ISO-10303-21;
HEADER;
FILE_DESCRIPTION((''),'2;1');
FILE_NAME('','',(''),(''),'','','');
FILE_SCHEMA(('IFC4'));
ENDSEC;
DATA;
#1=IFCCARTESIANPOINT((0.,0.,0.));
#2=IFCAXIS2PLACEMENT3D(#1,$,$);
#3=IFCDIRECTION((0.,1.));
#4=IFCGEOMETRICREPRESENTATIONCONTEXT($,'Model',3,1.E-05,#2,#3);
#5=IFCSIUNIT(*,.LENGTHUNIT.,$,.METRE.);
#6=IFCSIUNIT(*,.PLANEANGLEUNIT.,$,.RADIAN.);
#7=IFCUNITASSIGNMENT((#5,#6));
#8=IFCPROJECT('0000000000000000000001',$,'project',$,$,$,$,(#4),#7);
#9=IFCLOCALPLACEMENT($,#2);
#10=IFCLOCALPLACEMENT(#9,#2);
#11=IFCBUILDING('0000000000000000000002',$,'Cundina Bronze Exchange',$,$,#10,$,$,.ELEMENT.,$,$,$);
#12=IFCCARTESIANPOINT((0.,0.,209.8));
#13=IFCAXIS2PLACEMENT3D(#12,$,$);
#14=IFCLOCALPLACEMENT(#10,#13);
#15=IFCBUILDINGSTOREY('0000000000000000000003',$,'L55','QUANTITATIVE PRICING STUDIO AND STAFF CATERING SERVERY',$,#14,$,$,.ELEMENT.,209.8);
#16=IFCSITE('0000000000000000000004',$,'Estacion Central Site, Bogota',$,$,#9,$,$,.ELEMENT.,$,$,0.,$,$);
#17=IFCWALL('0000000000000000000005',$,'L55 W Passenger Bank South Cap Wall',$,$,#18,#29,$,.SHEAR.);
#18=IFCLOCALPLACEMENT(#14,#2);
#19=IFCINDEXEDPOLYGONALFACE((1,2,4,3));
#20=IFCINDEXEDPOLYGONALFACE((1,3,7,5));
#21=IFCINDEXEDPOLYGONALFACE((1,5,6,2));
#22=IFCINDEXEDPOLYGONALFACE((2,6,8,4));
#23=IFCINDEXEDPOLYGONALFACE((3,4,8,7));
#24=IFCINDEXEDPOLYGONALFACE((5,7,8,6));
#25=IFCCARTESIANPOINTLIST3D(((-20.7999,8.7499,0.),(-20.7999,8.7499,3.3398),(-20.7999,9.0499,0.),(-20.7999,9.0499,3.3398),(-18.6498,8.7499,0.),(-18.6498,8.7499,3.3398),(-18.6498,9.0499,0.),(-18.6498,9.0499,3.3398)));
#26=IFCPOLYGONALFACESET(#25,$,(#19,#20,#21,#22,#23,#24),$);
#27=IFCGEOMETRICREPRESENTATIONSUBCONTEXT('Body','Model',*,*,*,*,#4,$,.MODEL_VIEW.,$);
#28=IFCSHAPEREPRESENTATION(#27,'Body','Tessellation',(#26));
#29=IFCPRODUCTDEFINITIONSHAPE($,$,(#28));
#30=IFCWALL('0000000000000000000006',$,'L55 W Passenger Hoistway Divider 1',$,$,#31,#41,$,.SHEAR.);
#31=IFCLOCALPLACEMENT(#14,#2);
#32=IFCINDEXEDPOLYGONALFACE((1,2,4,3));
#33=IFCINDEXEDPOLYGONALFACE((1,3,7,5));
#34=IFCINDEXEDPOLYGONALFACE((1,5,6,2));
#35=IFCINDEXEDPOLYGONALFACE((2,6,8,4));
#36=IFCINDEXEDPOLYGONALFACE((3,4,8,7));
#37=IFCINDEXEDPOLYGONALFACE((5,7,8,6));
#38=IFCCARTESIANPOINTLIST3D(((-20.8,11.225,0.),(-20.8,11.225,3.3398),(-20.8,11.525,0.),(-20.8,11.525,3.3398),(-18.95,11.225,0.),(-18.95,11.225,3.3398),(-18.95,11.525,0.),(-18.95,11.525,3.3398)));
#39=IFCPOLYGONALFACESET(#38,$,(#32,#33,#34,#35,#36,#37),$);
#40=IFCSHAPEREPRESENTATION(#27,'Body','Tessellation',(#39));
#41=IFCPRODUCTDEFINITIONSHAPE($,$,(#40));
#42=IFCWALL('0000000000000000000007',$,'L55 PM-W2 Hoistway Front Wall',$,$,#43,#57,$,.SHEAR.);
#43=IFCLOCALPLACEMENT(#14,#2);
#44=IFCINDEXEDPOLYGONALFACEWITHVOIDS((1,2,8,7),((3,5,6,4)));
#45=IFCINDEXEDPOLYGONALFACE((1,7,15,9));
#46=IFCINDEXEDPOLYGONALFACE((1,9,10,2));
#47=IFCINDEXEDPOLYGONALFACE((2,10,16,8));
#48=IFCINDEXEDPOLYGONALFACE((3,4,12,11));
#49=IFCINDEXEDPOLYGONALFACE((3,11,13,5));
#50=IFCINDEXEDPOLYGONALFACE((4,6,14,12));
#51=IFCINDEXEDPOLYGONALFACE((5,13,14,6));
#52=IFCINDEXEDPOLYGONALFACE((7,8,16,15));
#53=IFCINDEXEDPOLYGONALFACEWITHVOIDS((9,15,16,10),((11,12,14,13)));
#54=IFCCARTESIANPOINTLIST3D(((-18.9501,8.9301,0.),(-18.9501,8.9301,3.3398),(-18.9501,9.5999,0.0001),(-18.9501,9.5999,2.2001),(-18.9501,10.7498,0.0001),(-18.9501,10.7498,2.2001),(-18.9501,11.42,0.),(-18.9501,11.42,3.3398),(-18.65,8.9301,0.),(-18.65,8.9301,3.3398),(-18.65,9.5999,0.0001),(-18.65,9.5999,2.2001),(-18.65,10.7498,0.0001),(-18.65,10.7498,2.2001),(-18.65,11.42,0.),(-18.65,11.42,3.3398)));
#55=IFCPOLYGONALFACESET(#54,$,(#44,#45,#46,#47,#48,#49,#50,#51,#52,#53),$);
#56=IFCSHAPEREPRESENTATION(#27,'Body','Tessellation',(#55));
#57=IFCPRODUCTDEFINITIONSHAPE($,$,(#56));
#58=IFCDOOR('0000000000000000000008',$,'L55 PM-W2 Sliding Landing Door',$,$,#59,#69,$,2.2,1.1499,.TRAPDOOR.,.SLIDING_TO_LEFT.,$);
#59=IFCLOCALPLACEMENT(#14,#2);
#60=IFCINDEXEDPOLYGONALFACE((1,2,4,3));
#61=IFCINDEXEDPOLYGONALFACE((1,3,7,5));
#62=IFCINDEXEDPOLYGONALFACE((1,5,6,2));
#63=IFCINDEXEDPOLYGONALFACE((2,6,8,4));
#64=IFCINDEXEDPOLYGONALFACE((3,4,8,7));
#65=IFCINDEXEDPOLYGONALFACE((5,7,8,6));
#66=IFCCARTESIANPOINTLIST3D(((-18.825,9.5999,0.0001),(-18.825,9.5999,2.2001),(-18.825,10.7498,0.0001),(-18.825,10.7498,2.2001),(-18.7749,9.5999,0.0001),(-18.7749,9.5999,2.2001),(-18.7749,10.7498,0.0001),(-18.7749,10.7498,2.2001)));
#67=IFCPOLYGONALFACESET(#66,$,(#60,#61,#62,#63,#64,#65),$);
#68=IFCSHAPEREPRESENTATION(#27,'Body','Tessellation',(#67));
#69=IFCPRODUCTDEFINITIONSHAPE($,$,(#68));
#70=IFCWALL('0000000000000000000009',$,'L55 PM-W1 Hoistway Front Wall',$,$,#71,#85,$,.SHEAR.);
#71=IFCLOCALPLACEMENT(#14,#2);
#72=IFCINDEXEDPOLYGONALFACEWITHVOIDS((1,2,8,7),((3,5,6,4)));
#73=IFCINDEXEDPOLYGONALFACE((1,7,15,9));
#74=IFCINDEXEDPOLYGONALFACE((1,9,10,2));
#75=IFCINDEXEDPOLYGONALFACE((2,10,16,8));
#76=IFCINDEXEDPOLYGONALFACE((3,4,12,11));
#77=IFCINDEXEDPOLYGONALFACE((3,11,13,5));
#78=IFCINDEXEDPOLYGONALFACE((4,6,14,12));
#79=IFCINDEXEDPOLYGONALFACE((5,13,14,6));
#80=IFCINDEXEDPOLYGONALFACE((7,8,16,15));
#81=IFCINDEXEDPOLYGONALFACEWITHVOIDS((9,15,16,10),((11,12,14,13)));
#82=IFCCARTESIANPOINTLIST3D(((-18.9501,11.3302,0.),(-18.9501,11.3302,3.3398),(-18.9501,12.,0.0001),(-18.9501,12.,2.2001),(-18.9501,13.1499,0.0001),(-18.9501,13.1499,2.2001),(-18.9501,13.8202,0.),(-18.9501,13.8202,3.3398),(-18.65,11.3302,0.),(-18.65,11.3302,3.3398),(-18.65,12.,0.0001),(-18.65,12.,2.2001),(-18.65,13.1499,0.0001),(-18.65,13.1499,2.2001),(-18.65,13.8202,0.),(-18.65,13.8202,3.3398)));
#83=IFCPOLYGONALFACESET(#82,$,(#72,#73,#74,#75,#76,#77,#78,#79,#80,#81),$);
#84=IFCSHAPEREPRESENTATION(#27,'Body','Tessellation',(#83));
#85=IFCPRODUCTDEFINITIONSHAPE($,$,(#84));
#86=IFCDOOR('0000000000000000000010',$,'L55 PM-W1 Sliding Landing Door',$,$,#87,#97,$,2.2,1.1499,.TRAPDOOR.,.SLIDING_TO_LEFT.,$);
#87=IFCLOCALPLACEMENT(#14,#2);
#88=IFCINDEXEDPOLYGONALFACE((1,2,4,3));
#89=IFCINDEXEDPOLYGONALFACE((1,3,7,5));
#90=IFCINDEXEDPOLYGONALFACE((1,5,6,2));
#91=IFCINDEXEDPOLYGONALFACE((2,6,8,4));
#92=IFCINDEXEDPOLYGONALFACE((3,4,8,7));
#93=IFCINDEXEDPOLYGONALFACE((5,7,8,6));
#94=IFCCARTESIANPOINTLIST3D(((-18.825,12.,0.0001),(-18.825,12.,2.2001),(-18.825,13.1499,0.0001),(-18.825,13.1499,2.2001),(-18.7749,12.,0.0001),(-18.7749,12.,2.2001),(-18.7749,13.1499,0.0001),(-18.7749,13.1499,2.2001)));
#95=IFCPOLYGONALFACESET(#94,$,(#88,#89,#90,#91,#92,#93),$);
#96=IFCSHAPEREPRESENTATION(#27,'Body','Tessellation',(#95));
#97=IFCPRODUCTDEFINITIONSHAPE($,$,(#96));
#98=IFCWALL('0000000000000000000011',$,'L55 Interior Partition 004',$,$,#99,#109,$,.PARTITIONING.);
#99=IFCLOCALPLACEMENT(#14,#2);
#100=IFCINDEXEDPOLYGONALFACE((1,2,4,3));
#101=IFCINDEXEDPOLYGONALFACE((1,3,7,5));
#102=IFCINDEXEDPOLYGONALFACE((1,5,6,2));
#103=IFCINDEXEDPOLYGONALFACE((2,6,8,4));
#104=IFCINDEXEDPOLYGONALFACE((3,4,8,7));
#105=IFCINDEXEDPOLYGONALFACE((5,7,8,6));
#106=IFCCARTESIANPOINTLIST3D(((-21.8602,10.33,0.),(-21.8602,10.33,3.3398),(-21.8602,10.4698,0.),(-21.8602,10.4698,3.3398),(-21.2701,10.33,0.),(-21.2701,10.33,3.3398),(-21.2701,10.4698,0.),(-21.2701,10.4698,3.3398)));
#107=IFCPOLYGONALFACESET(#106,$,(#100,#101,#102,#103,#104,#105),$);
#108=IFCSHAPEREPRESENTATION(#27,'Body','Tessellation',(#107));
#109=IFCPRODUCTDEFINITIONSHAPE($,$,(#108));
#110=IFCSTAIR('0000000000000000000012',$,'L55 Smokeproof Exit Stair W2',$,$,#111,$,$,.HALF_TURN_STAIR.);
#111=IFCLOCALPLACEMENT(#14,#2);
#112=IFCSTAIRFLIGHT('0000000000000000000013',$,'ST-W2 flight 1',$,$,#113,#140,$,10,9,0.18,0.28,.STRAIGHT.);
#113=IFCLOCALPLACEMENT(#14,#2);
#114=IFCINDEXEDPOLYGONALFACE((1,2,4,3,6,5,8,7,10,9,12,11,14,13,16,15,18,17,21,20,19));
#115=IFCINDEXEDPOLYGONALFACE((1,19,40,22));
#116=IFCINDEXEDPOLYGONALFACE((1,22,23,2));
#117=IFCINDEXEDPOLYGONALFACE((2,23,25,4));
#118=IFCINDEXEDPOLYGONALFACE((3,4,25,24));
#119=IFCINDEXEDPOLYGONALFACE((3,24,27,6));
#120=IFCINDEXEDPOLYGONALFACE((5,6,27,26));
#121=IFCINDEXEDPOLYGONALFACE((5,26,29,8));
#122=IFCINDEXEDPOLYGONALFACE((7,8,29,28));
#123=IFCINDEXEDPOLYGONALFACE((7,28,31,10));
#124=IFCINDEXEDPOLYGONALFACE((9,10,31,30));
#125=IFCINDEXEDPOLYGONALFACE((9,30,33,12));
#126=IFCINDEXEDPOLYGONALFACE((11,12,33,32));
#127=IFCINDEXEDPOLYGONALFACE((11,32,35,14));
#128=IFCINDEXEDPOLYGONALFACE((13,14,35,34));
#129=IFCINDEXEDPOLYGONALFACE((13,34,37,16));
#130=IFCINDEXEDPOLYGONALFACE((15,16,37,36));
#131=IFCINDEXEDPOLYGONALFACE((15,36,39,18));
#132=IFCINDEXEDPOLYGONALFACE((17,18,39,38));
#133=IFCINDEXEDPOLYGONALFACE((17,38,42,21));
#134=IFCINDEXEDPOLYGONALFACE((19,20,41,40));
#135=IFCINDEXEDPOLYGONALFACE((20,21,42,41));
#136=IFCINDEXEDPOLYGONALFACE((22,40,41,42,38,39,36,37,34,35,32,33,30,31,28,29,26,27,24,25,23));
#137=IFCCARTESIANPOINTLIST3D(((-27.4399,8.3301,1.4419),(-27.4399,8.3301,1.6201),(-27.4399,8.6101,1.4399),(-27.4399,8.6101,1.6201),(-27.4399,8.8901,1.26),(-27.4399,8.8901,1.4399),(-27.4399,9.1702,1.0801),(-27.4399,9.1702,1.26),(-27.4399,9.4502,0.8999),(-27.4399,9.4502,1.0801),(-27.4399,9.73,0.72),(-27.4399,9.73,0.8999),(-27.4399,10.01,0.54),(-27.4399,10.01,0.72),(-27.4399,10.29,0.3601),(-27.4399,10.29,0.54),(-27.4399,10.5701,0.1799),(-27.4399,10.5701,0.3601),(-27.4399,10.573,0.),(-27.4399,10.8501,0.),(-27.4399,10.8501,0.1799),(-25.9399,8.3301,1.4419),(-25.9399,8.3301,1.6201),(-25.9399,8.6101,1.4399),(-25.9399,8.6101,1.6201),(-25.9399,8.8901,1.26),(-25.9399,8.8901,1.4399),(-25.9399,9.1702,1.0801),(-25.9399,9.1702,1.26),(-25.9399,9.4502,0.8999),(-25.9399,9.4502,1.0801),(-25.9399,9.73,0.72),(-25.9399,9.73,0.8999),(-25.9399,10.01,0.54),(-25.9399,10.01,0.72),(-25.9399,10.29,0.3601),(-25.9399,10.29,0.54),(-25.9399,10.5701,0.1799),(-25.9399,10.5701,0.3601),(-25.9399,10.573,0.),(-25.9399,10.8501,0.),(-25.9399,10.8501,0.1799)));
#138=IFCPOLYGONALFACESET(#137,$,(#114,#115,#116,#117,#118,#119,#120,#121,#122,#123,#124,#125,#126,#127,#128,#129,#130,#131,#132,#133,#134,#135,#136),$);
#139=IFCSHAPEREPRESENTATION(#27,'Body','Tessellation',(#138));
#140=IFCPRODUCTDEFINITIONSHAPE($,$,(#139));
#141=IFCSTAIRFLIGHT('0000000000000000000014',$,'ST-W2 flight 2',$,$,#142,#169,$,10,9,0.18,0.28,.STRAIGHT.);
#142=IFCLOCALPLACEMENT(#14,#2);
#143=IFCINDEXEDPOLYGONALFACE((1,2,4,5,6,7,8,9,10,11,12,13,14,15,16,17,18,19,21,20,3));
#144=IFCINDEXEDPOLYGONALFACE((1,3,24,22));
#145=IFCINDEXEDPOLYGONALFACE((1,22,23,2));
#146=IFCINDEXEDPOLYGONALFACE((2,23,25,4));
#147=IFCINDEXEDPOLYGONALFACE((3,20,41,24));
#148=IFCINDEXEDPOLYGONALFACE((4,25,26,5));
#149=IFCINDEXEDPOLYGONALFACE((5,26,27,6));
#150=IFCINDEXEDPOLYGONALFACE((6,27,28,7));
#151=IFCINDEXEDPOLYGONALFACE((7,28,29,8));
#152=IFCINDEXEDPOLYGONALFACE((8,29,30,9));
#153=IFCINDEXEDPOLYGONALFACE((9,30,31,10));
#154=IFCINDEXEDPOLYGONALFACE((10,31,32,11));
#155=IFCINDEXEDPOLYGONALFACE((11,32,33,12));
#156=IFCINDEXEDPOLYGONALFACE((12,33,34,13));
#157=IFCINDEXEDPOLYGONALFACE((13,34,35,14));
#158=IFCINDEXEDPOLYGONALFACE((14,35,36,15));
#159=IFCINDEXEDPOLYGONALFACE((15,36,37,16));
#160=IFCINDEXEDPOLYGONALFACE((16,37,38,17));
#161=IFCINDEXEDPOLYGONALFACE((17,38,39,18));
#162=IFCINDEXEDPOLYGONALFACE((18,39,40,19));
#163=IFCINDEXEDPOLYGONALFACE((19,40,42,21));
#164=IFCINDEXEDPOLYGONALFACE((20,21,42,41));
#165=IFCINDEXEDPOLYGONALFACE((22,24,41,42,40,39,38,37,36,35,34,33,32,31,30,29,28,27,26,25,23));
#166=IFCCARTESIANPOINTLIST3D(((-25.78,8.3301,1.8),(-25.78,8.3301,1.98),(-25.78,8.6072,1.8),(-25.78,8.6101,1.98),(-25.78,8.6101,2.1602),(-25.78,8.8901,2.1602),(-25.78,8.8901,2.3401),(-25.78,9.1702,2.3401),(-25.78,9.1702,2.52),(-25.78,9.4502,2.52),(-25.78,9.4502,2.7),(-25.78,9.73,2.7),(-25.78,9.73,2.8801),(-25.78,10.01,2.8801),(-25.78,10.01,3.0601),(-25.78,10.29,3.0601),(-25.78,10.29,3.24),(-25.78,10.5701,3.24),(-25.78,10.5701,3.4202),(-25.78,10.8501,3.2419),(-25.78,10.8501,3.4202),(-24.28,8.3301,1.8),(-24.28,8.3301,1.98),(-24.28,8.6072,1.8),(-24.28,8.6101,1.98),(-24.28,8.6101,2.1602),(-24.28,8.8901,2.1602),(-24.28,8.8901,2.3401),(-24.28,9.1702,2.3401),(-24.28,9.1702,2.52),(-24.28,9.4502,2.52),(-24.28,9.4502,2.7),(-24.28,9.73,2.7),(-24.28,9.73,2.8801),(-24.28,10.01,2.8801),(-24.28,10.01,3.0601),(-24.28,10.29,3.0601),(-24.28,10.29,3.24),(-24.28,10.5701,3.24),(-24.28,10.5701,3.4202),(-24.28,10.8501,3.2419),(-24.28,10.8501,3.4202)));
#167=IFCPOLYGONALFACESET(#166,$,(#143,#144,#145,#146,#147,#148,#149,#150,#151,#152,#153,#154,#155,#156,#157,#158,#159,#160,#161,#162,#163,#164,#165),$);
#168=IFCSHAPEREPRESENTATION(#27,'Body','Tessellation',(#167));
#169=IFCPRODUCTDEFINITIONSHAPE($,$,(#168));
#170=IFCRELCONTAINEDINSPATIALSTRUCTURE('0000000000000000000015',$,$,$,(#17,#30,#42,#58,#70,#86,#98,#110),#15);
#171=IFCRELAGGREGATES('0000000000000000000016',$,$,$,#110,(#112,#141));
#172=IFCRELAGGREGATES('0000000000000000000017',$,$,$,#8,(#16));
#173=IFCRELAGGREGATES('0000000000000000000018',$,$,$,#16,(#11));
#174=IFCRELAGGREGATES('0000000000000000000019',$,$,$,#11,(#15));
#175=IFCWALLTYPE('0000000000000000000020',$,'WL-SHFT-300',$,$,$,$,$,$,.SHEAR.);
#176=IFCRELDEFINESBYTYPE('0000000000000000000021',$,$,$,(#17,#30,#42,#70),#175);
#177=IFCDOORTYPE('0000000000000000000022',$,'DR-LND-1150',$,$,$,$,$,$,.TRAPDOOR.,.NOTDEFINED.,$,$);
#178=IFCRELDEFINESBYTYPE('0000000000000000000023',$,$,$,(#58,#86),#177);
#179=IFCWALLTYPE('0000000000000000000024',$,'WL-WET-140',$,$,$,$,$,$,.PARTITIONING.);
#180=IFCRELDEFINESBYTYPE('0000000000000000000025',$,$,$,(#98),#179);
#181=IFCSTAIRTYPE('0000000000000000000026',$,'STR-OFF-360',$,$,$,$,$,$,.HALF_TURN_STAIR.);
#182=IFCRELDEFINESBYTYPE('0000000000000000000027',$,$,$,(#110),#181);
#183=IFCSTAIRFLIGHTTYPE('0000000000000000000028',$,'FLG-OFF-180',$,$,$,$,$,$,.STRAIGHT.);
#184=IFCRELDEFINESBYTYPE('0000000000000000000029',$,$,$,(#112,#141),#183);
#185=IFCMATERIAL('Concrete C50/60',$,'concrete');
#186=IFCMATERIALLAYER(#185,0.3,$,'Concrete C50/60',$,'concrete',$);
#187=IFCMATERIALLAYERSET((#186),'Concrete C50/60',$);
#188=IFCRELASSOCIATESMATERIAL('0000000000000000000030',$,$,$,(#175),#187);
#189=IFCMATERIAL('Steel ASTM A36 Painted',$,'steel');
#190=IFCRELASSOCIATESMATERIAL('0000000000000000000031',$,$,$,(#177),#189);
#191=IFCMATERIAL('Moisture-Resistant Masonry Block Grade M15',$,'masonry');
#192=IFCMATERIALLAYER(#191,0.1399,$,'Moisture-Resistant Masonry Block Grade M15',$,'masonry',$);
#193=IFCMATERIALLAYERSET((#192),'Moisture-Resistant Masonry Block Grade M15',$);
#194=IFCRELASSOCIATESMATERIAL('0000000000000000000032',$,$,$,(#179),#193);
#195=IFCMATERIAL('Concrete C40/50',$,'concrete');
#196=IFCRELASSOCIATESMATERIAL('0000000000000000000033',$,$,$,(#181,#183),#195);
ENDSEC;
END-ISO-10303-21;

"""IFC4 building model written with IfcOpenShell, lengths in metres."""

from ifc_helpers import new_model, si_unit, direction, frame, frame_2d, origin, place, context, subcontext, project, spatial, polyline, rectangle, outline, extrude, material, layer, layer_set, type_object, element, fill, aggregate, save


model = new_model("IFC4")

# Units and contexts
model_context = context("Model", 3, precision=1e-05, world=origin(), true_north=direction((0.0, 1.0)))
body_context = subcontext(model_context, "Body", "Model", "MODEL_VIEW")
ifc_project = project(units=[si_unit("LENGTHUNIT", "METRE"), si_unit("PLANEANGLEUNIT", "RADIAN")], contexts=[model_context])

# Site, building, storey
site_placement = place(None, origin())
site = spatial("IfcSite", under=ifc_project, at=site_placement, Name="Estacion Central Site, Bogota", CompositionType="ELEMENT", RefElevation=0.0)
building_placement = place(site_placement, origin())
building = spatial("IfcBuilding", under=site, at=building_placement, Name="Cundina Bronze Exchange", CompositionType="ELEMENT")
storey_placement = place(building_placement, frame((0.0, 0.0, 209.8)))
storey = spatial("IfcBuildingStorey", under=building, at=storey_placement, Name="L55", Description="QUANTITATIVE PRICING STUDIO AND STAFF CATERING SERVERY", CompositionType="ELEMENT", Elevation=209.8)

# Shared definitions
ifc_material_1 = material(Name="Concrete C50/60", Category="concrete")

# Shared definitions
ifc_layer_1 = layer(ifc_material_1, 0.3, Name="Concrete C50/60", Category="concrete")
ifc_layer_set_1 = layer_set([ifc_layer_1], Name="Concrete C50/60")
wall_type_1 = type_object("IfcWallType", Name="WL-SHFT-300", PredefinedType="SHEAR", material=ifc_layer_set_1)
ifc_material_2 = material(Name="Steel ASTM A36 Painted", Category="steel")
door_type_1 = type_object("IfcDoorType", Name="DR-LND-1150", OperationType="NOTDEFINED", PredefinedType="TRAPDOOR", material=ifc_material_2)

# Walls
wall_1_placement = place(storey_placement, frame((-20.8, 8.8999, 0.0), z_axis=(0.0, 0.0, 1.0), x_axis=(1.0, 0.0, 0.0)))
element("IfcWall", 1, at=wall_1_placement, inside=storey, type_object=wall_type_1, Name="L55 W Passenger Bank South Cap Wall", PredefinedType="SHEAR", context=body_context, shape_type="SweptSolid", body=[
    extrude(rectangle(XDim=2.1501, YDim=0.3, at=frame_2d((1.0752, 0.0))), origin(), (0.0, 0.0, 1.0), 3.3398),
])
wall_2_placement = place(storey_placement, frame((-20.8, 11.375, 0.0), z_axis=(0.0, 0.0, 1.0), x_axis=(1.0, 0.0, 0.0)))
element("IfcWall", 2, at=wall_2_placement, inside=storey, type_object=wall_type_1, Name="L55 W Passenger Hoistway Divider 1", PredefinedType="SHEAR", context=body_context, shape_type="SweptSolid", body=[
    extrude(rectangle(XDim=1.8501, YDim=0.3, at=frame_2d((0.925, 0.0))), origin(), (0.0, 0.0, 1.0), 3.3398),
])

# Walls, openings, doors
wall_3_placement = place(storey_placement, frame((-18.8, 8.9299, 0.0), z_axis=(0.0, 0.0, 1.0), x_axis=(0.0, 1.0, 0.0)))
wall_3 = element("IfcWall", 3, at=wall_3_placement, inside=storey, type_object=wall_type_1, Name="L55 PM-W2 Hoistway Front Wall", PredefinedType="SHEAR", context=body_context, shape_type="SweptSolid", body=[
    extrude(rectangle(XDim=2.49, YDim=0.3, at=frame_2d((1.2451, 0.0))), origin(), (0.0, 0.0, 1.0), 3.3398),
])
opening_1_placement = place(wall_3_placement, frame((0.6699, 0.0, 0.0)))
opening_1 = element("IfcOpeningElement", 4, at=opening_1_placement, cuts=wall_3, PredefinedType="OPENING", context=body_context, shape_type="SweptSolid", body=[
    extrude(rectangle(XDim=1.1499, YDim=2.2, at=frame_2d((0.575, 1.1001))), frame((0.0, 0.1599, 0.0), z_axis=(0.0, -1.0, 0.0), x_axis=(1.0, 0.0, 0.0)), (0.0, 0.0, 1.0), 0.3201),
])
door_1_placement = place(opening_1_placement, origin())
door_1 = element("IfcDoor", 5, at=door_1_placement, inside=storey, type_object=door_type_1, Name="L55 PM-W2 Sliding Landing Door", OperationType="SLIDING_TO_LEFT", OverallHeight=2.2, OverallWidth=1.1499, PredefinedType="TRAPDOOR", context=body_context, shape_type="SweptSolid", body=[
    extrude(rectangle(XDim=1.1499, YDim=2.2, at=frame_2d((0.575, 1.1001))), frame((0.0, 0.0249, 0.0), z_axis=(0.0, -1.0, 0.0), x_axis=(1.0, 0.0, 0.0)), (0.0, 0.0, 1.0), 0.05),
])
fill(opening_1, door_1)
wall_4_placement = place(storey_placement, frame((-18.8, 11.3301, 0.0), z_axis=(0.0, 0.0, 1.0), x_axis=(0.0, 1.0, 0.0)))
wall_4 = element("IfcWall", 6, at=wall_4_placement, inside=storey, type_object=wall_type_1, Name="L55 PM-W1 Hoistway Front Wall", PredefinedType="SHEAR", context=body_context, shape_type="SweptSolid", body=[
    extrude(rectangle(XDim=2.49, YDim=0.3, at=frame_2d((1.2451, 0.0))), origin(), (0.0, 0.0, 1.0), 3.3398),
])
opening_2_placement = place(wall_4_placement, frame((0.6699, 0.0, 0.0)))
opening_2 = element("IfcOpeningElement", 7, at=opening_2_placement, cuts=wall_4, PredefinedType="OPENING", context=body_context, shape_type="SweptSolid", body=[
    extrude(rectangle(XDim=1.1499, YDim=2.2, at=frame_2d((0.575, 1.1001))), frame((0.0, 0.1599, 0.0), z_axis=(0.0, -1.0, 0.0), x_axis=(1.0, 0.0, 0.0)), (0.0, 0.0, 1.0), 0.3201),
])
door_2_placement = place(opening_2_placement, origin())
door_2 = element("IfcDoor", 8, at=door_2_placement, inside=storey, type_object=door_type_1, Name="L55 PM-W1 Sliding Landing Door", OperationType="SLIDING_TO_LEFT", OverallHeight=2.2, OverallWidth=1.1499, PredefinedType="TRAPDOOR", context=body_context, shape_type="SweptSolid", body=[
    extrude(rectangle(XDim=1.1499, YDim=2.2, at=frame_2d((0.575, 1.1001))), frame((0.0, 0.0249, 0.0), z_axis=(0.0, -1.0, 0.0), x_axis=(1.0, 0.0, 0.0)), (0.0, 0.0, 1.0), 0.05),
])
fill(opening_2, door_2)

# Wall
ifc_material_3 = material(Name="Moisture-Resistant Masonry Block Grade M15", Category="masonry")
ifc_layer_2 = layer(ifc_material_3, 0.1399, Name="Moisture-Resistant Masonry Block Grade M15", Category="masonry")
ifc_layer_set_2 = layer_set([ifc_layer_2], Name="Moisture-Resistant Masonry Block Grade M15")
wall_type_2 = type_object("IfcWallType", Name="WL-WET-140", PredefinedType="PARTITIONING", material=ifc_layer_set_2)
wall_5_placement = place(storey_placement, frame((-21.8601, 10.3999, 0.0), z_axis=(0.0, 0.0, 1.0), x_axis=(1.0, 0.0, 0.0)))
element("IfcWall", 9, at=wall_5_placement, inside=storey, type_object=wall_type_2, Name="L55 Interior Partition 004", PredefinedType="PARTITIONING", context=body_context, shape_type="SweptSolid", body=[
    extrude(rectangle(XDim=0.5901, YDim=0.1399, at=frame_2d((0.2949, 0.0))), origin(), (0.0, 0.0, 1.0), 3.3398),
])

# Stair, stair flights
ifc_material_4 = material(Name="Concrete C40/50", Category="concrete")
stair_type = type_object("IfcStairType", Name="STR-OFF-360", PredefinedType="HALF_TURN_STAIR", material=ifc_material_4)
stair_placement = place(storey_placement, origin())
stair = element("IfcStair", 10, at=stair_placement, inside=storey, type_object=stair_type, Name="L55 Smokeproof Exit Stair W2", PredefinedType="HALF_TURN_STAIR")
stair_flight_type = type_object("IfcStairFlightType", Name="FLG-OFF-180", PredefinedType="STRAIGHT", material=ifc_material_4)
stair_flight_1_placement = place(storey_placement, frame((-26.6899, 10.8501, 0.0), z_axis=(0.0, 0.0, 1.0), x_axis=(0.0, -1.0, 0.0)))
stair_flight_1 = element("IfcStairFlight", 11, at=stair_flight_1_placement, type_object=stair_flight_type, Name="ST-W2 flight 1", NumberOfRisers=10, NumberOfTreads=9, PredefinedType="STRAIGHT", RiserHeight=0.18, TreadLength=0.28, context=body_context, shape_type="SweptSolid", body=[
    extrude(outline(polyline([(0.0, 0.0), (0.0, 0.1799), (0.28, 0.1799), (0.28, 0.3601), (0.5601, 0.3601), (0.5601, 0.54), (0.8401, 0.54), (0.8401, 0.72), (1.1201, 0.72), (1.1201, 0.8999), (1.3999, 0.8999), (1.3999, 1.0801), (1.6799, 1.0801), (1.6799, 1.26), (1.96, 1.26), (1.96, 1.4399), (2.24, 1.4399), (2.24, 1.6201), (2.52, 1.6201), (2.52, 1.8), (2.52, 1.4419), (0.2771, 0.0), (0.0, 0.0)])), frame((0.0, 0.75, 0.0), z_axis=(0.0, -1.0, 0.0), x_axis=(1.0, 0.0, 0.0)), (0.0, 0.0, 1.0), 1.5),
])
stair_flight_2_placement = place(storey_placement, frame((-25.03, 8.3301, 1.8), z_axis=(0.0, 0.0, 1.0), x_axis=(0.0, 1.0, 0.0)))
stair_flight_2 = element("IfcStairFlight", 12, at=stair_flight_2_placement, type_object=stair_flight_type, Name="ST-W2 flight 2", NumberOfRisers=10, NumberOfTreads=9, PredefinedType="STRAIGHT", RiserHeight=0.18, TreadLength=0.28, context=body_context, shape_type="SweptSolid", body=[
    extrude(outline(polyline([(0.0, 0.0), (0.0, 0.1799), (0.28, 0.1799), (0.28, 0.3601), (0.5601, 0.3601), (0.5601, 0.54), (0.8401, 0.54), (0.8401, 0.72), (1.1201, 0.72), (1.1201, 0.8999), (1.3999, 0.8999), (1.3999, 1.0801), (1.6799, 1.0801), (1.6799, 1.26), (1.96, 1.26), (1.96, 1.4399), (2.24, 1.4399), (2.24, 1.6201), (2.52, 1.6201), (2.52, 1.8), (2.52, 1.4419), (0.2771, 0.0), (0.0, 0.0)])), frame((0.0, 0.75, 0.0), z_axis=(0.0, -1.0, 0.0), x_axis=(1.0, 0.0, 0.0)), (0.0, 0.0, 1.0), 1.5),
])
aggregate(stair, [stair_flight_1, stair_flight_2])

save(model, "model.ifc")
